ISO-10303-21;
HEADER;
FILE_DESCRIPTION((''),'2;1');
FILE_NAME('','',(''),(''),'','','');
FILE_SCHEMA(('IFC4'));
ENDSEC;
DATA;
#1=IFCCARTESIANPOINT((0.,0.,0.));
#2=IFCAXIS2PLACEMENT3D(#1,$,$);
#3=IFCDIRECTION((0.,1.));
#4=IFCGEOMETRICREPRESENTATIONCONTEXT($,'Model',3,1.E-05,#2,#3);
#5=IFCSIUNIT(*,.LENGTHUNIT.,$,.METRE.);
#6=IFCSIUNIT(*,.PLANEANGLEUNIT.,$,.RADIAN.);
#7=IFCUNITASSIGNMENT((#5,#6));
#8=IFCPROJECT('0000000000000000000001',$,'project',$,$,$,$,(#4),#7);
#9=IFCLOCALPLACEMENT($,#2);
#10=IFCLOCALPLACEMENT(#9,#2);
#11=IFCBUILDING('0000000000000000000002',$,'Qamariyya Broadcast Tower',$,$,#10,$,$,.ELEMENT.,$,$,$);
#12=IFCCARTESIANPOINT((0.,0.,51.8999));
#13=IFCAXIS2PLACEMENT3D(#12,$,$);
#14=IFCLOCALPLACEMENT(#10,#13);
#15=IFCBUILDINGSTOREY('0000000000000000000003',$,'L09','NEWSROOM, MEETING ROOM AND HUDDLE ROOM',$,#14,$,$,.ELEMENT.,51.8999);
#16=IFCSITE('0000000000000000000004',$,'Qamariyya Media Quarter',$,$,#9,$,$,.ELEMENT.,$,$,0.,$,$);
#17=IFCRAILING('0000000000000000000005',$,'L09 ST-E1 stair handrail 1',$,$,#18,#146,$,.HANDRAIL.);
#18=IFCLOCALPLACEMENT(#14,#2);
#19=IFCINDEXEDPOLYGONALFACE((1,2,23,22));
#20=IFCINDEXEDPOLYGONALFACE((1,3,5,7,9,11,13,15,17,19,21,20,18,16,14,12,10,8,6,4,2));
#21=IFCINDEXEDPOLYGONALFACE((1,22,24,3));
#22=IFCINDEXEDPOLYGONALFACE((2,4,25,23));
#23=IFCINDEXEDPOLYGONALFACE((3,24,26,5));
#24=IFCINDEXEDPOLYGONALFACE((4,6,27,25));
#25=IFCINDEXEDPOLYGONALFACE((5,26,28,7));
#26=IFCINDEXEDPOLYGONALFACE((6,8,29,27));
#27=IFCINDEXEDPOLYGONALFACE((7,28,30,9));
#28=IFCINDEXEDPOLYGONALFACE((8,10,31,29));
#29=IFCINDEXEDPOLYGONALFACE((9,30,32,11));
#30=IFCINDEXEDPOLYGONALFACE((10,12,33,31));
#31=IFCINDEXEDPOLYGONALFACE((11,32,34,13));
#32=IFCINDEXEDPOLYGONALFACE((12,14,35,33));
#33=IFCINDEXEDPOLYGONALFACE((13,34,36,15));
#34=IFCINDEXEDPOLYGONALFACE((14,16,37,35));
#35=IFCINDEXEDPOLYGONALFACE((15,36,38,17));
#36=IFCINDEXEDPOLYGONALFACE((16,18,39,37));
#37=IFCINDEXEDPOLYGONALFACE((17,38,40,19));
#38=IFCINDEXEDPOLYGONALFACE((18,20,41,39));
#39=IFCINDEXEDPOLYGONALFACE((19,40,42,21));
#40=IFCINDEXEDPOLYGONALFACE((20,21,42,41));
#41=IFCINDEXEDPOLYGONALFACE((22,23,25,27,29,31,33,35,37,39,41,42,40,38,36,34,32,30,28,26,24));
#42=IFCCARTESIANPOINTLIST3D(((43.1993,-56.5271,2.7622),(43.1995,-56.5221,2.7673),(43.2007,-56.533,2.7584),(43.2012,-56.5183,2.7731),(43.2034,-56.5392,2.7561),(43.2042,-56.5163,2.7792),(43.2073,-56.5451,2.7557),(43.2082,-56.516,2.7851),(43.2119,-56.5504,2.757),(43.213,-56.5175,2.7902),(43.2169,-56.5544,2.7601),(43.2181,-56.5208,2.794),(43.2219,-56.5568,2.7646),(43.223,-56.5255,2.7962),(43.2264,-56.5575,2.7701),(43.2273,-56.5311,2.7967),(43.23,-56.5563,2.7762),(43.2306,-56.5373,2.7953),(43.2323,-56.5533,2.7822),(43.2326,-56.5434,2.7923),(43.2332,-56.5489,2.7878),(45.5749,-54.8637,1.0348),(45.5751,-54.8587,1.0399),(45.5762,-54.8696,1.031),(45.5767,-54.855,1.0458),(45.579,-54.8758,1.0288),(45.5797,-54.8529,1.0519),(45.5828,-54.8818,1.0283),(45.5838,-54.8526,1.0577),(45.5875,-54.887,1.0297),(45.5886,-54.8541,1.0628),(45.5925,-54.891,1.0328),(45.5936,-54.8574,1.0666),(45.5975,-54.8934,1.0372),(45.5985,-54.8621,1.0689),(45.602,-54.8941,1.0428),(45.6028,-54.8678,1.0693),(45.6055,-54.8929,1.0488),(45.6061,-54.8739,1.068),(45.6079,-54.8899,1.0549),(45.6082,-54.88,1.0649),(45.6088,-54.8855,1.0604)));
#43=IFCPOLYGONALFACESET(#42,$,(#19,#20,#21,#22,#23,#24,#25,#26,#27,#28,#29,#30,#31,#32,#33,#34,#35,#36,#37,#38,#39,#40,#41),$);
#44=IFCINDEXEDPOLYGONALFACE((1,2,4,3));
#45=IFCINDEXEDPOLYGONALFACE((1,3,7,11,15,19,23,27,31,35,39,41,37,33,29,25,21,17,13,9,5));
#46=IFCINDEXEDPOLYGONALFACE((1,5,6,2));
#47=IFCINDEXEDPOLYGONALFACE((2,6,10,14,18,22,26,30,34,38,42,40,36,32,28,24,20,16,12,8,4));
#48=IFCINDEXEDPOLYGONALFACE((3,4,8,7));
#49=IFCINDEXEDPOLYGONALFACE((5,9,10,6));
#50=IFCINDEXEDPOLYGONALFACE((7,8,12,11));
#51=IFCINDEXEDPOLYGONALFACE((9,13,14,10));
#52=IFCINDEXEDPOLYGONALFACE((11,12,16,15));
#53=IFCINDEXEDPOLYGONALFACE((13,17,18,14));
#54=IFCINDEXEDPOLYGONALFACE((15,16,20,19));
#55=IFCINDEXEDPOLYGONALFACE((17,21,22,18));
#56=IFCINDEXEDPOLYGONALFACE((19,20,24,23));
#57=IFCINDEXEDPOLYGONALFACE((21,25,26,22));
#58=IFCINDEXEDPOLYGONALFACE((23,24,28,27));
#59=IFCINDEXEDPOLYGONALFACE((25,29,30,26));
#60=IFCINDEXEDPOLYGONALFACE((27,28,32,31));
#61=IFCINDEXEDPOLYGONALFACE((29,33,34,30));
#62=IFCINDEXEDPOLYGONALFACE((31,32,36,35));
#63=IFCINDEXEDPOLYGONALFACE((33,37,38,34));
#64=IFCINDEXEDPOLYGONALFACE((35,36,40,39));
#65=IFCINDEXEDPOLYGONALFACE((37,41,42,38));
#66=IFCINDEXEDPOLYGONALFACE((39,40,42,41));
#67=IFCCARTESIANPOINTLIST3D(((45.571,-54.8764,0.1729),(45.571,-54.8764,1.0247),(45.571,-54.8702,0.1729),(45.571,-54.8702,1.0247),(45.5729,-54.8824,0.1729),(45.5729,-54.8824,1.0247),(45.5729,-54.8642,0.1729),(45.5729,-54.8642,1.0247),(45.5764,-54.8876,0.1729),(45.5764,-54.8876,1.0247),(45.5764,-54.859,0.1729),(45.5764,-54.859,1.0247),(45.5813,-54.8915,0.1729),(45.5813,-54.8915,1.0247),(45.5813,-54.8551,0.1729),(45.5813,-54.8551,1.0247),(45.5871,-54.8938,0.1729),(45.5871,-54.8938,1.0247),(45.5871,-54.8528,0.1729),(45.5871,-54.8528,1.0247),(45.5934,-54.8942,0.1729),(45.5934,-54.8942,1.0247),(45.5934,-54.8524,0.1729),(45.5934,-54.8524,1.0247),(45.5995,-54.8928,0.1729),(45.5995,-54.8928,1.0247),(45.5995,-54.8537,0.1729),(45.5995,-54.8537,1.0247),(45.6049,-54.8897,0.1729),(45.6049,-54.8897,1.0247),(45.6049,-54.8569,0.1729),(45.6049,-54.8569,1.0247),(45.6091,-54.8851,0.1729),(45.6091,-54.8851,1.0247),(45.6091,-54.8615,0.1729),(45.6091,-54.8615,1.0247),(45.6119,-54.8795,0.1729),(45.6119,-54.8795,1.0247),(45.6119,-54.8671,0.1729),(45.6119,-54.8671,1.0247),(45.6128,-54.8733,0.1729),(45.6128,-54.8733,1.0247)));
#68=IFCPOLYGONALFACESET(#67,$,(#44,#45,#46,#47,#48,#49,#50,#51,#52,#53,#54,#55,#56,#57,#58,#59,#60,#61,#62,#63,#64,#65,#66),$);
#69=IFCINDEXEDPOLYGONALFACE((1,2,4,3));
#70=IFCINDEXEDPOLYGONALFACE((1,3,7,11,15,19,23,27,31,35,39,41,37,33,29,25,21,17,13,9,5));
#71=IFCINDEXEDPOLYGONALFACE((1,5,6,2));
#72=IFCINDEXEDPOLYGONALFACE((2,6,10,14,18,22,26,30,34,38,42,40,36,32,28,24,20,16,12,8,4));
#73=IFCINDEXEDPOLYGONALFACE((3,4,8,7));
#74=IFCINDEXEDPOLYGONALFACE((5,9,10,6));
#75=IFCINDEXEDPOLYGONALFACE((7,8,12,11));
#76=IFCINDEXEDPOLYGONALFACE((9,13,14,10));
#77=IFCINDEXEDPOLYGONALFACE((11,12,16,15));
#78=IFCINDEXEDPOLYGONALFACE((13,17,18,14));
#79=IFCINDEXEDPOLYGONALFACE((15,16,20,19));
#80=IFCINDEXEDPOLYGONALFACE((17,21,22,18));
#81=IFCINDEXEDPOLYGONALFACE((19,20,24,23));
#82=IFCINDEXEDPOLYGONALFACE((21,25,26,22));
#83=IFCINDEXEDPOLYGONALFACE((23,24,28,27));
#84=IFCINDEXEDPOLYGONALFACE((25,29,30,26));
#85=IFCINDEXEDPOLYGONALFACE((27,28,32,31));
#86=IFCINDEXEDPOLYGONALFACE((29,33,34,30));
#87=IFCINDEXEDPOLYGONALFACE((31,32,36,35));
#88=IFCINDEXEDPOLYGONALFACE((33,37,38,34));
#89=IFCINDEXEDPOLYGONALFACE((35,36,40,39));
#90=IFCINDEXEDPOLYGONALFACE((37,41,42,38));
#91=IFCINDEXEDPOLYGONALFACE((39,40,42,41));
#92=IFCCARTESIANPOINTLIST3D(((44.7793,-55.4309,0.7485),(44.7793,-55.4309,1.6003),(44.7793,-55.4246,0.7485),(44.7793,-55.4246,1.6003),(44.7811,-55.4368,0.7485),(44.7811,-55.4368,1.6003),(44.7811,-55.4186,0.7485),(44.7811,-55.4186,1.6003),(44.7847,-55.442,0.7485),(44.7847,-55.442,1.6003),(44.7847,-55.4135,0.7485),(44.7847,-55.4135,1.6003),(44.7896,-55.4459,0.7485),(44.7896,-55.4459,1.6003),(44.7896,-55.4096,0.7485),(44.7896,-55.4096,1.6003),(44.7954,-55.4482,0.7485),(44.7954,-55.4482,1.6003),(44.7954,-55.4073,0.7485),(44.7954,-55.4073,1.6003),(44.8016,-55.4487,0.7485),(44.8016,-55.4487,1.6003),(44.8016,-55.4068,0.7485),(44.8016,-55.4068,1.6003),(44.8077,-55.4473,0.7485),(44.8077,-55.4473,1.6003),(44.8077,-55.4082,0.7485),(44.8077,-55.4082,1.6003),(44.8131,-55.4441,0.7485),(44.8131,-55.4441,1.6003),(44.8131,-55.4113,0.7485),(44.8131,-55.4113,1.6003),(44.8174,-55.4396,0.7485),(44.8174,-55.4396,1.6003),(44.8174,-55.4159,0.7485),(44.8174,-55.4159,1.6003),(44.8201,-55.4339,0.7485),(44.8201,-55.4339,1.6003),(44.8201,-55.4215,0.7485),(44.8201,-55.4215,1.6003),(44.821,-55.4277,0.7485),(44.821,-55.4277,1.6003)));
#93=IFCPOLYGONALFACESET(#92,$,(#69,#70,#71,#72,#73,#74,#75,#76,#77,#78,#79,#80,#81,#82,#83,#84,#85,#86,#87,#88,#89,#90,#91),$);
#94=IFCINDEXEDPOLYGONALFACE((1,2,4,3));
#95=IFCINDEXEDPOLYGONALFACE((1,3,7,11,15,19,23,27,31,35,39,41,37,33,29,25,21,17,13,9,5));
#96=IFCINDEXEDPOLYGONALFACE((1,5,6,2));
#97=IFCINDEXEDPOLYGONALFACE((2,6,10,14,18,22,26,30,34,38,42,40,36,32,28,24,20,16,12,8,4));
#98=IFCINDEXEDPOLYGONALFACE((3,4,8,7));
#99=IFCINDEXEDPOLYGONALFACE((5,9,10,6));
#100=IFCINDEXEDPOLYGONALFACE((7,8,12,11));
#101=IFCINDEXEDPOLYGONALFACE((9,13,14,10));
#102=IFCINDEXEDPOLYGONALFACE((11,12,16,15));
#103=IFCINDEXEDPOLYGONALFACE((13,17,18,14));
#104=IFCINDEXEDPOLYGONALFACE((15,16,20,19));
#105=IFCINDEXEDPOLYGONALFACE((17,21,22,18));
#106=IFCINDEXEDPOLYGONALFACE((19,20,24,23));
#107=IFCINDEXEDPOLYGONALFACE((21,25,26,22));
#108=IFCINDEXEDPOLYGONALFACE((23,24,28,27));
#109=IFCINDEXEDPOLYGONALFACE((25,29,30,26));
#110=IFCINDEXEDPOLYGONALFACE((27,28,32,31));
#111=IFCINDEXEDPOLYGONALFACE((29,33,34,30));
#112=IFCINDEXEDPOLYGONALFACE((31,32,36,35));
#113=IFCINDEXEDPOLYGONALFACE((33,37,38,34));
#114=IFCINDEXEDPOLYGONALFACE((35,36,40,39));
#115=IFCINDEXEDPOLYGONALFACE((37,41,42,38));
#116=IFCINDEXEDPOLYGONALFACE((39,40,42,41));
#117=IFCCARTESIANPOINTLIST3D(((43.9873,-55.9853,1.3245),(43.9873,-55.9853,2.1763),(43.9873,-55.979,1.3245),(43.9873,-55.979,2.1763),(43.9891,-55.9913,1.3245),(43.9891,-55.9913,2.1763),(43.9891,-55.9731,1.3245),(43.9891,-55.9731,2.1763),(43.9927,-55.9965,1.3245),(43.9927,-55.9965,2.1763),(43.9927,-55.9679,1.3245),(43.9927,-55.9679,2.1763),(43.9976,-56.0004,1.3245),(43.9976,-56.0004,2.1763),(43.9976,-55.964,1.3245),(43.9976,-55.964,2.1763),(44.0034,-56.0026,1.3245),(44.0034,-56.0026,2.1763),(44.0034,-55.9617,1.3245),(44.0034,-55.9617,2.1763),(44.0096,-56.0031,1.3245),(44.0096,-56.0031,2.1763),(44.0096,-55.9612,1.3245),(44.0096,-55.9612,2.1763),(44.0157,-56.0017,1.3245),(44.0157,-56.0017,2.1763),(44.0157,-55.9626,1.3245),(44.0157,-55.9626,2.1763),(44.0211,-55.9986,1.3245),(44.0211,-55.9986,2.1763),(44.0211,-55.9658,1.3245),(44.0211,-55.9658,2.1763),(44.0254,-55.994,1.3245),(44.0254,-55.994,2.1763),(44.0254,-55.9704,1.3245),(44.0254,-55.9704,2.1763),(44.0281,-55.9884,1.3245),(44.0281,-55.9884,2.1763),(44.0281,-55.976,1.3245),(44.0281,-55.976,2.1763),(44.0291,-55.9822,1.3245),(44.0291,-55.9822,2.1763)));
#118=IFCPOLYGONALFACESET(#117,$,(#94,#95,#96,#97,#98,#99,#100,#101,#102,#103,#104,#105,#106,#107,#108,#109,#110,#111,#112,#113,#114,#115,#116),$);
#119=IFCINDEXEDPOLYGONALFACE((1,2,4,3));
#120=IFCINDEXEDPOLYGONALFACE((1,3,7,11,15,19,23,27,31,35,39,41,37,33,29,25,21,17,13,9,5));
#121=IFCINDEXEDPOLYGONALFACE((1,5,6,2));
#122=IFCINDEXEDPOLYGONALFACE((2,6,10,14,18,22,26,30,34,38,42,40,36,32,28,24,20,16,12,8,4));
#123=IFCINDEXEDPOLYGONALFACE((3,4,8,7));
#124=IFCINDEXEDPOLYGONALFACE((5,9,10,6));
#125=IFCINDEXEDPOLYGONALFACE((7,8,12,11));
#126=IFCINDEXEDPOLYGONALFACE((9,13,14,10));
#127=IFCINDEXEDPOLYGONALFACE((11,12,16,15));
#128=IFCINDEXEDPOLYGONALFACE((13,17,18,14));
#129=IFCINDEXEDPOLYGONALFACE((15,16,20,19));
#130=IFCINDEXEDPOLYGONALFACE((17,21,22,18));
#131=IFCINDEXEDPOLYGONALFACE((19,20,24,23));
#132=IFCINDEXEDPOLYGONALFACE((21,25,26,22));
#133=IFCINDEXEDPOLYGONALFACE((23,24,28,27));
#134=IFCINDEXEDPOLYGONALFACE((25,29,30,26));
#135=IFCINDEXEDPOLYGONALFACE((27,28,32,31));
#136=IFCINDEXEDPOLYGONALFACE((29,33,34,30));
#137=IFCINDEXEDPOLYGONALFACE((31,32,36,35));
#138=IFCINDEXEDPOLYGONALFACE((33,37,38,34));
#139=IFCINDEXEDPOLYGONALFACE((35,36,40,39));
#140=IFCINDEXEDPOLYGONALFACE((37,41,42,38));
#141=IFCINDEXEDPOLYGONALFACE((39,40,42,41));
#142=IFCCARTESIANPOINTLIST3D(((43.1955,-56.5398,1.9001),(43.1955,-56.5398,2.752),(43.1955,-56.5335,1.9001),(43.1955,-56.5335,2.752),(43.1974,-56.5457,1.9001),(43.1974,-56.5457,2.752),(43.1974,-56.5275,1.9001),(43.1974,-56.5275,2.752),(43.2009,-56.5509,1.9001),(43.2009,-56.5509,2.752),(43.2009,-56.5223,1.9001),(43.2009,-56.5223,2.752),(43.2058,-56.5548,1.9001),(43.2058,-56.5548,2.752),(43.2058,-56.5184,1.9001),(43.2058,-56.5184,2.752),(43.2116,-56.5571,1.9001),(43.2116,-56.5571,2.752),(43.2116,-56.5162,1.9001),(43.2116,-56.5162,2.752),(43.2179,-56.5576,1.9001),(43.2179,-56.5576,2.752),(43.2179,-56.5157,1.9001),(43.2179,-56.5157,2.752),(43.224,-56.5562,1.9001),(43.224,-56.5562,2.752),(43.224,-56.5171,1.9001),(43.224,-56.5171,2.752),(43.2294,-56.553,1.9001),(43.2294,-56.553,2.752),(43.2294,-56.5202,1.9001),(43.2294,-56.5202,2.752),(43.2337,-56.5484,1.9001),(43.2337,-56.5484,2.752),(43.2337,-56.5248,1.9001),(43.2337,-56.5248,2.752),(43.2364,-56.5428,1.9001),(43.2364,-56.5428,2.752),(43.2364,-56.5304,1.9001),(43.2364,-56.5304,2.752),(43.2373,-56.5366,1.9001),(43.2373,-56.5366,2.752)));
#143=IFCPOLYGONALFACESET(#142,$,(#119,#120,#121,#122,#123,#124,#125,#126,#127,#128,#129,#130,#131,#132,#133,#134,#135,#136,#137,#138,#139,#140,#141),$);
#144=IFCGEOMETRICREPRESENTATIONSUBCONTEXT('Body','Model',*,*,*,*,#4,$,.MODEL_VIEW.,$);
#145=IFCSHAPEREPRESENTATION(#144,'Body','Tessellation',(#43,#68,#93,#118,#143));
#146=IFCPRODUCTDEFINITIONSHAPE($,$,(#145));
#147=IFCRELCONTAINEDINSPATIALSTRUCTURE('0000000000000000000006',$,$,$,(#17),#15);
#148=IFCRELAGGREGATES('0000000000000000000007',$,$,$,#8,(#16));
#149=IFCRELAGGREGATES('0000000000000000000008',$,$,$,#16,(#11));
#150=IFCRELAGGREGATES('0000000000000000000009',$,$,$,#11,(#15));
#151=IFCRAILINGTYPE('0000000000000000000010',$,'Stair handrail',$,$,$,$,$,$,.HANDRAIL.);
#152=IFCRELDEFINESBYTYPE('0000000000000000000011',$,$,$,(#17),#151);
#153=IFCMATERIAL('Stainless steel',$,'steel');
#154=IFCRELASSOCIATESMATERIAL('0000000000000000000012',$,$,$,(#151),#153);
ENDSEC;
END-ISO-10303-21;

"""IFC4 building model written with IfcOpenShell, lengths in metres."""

from ifc_helpers import new_model, si_unit, direction, frame, origin, origin_2d, place, context, subcontext, project, spatial, circle, extrude, material, type_object, element, save


model = new_model("IFC4")

# Units and contexts
model_context = context("Model", 3, precision=1e-05, world=origin(), true_north=direction((0.0, 1.0)))
body_context = subcontext(model_context, "Body", "Model", "MODEL_VIEW")
ifc_project = project(units=[si_unit("LENGTHUNIT", "METRE"), si_unit("PLANEANGLEUNIT", "RADIAN")], contexts=[model_context])

# Site, building, storey
site_placement = place(None, origin())
site = spatial("IfcSite", under=ifc_project, at=site_placement, Name="Qamariyya Media Quarter", CompositionType="ELEMENT", RefElevation=0.0)
building_placement = place(site_placement, origin())
building = spatial("IfcBuilding", under=site, at=building_placement, Name="Qamariyya Broadcast Tower", CompositionType="ELEMENT")
storey_placement = place(building_placement, frame((0.0, 0.0, 51.8999)))
storey = spatial("IfcBuildingStorey", under=building, at=storey_placement, Name="L09", Description="NEWSROOM, MEETING ROOM AND HUDDLE ROOM", CompositionType="ELEMENT", Elevation=51.8999)

# Railing
ifc_material_1 = material(Name="Stainless steel", Category="steel")
railing_type_1 = type_object("IfcRailingType", Name="Stair handrail", PredefinedType="HANDRAIL", material=ifc_material_1)
railing_1_placement = place(storey_placement, frame((45.5918, -54.8733, 0.1729)))
element("IfcRailing", 1, at=railing_1_placement, inside=storey, type_object=railing_type_1, Name="L09 ST-E1 stair handrail 1", PredefinedType="HANDRAIL", context=body_context, shape_type="SweptSolid", body=[
    extrude(circle(Radius=0.0239, at=origin_2d()), frame((0.0, 0.0, 0.876), z_axis=(-0.70377, -0.492784, 0.511734), x_axis=(0.573575, -0.819153, 0.0)), (0.0, 0.0, 1.0), 3.3755),
    extrude(circle(Radius=0.021, at=origin_2d()), origin(), (0.0, 0.0, 1.0), 0.8518),
    extrude(circle(Radius=0.021, at=origin_2d()), frame((-0.7917, -0.5544, 0.5757)), (0.0, 0.0, 1.0), 0.8518),
    extrude(circle(Radius=0.021, at=origin_2d()), frame((-1.5837, -1.1089, 1.1516)), (0.0, 0.0, 1.0), 0.8518),
    extrude(circle(Radius=0.021, at=origin_2d()), frame((-2.3755, -1.6633, 1.7273)), (0.0, 0.0, 1.0), 0.8518),
])

save(model, "model.ifc")
